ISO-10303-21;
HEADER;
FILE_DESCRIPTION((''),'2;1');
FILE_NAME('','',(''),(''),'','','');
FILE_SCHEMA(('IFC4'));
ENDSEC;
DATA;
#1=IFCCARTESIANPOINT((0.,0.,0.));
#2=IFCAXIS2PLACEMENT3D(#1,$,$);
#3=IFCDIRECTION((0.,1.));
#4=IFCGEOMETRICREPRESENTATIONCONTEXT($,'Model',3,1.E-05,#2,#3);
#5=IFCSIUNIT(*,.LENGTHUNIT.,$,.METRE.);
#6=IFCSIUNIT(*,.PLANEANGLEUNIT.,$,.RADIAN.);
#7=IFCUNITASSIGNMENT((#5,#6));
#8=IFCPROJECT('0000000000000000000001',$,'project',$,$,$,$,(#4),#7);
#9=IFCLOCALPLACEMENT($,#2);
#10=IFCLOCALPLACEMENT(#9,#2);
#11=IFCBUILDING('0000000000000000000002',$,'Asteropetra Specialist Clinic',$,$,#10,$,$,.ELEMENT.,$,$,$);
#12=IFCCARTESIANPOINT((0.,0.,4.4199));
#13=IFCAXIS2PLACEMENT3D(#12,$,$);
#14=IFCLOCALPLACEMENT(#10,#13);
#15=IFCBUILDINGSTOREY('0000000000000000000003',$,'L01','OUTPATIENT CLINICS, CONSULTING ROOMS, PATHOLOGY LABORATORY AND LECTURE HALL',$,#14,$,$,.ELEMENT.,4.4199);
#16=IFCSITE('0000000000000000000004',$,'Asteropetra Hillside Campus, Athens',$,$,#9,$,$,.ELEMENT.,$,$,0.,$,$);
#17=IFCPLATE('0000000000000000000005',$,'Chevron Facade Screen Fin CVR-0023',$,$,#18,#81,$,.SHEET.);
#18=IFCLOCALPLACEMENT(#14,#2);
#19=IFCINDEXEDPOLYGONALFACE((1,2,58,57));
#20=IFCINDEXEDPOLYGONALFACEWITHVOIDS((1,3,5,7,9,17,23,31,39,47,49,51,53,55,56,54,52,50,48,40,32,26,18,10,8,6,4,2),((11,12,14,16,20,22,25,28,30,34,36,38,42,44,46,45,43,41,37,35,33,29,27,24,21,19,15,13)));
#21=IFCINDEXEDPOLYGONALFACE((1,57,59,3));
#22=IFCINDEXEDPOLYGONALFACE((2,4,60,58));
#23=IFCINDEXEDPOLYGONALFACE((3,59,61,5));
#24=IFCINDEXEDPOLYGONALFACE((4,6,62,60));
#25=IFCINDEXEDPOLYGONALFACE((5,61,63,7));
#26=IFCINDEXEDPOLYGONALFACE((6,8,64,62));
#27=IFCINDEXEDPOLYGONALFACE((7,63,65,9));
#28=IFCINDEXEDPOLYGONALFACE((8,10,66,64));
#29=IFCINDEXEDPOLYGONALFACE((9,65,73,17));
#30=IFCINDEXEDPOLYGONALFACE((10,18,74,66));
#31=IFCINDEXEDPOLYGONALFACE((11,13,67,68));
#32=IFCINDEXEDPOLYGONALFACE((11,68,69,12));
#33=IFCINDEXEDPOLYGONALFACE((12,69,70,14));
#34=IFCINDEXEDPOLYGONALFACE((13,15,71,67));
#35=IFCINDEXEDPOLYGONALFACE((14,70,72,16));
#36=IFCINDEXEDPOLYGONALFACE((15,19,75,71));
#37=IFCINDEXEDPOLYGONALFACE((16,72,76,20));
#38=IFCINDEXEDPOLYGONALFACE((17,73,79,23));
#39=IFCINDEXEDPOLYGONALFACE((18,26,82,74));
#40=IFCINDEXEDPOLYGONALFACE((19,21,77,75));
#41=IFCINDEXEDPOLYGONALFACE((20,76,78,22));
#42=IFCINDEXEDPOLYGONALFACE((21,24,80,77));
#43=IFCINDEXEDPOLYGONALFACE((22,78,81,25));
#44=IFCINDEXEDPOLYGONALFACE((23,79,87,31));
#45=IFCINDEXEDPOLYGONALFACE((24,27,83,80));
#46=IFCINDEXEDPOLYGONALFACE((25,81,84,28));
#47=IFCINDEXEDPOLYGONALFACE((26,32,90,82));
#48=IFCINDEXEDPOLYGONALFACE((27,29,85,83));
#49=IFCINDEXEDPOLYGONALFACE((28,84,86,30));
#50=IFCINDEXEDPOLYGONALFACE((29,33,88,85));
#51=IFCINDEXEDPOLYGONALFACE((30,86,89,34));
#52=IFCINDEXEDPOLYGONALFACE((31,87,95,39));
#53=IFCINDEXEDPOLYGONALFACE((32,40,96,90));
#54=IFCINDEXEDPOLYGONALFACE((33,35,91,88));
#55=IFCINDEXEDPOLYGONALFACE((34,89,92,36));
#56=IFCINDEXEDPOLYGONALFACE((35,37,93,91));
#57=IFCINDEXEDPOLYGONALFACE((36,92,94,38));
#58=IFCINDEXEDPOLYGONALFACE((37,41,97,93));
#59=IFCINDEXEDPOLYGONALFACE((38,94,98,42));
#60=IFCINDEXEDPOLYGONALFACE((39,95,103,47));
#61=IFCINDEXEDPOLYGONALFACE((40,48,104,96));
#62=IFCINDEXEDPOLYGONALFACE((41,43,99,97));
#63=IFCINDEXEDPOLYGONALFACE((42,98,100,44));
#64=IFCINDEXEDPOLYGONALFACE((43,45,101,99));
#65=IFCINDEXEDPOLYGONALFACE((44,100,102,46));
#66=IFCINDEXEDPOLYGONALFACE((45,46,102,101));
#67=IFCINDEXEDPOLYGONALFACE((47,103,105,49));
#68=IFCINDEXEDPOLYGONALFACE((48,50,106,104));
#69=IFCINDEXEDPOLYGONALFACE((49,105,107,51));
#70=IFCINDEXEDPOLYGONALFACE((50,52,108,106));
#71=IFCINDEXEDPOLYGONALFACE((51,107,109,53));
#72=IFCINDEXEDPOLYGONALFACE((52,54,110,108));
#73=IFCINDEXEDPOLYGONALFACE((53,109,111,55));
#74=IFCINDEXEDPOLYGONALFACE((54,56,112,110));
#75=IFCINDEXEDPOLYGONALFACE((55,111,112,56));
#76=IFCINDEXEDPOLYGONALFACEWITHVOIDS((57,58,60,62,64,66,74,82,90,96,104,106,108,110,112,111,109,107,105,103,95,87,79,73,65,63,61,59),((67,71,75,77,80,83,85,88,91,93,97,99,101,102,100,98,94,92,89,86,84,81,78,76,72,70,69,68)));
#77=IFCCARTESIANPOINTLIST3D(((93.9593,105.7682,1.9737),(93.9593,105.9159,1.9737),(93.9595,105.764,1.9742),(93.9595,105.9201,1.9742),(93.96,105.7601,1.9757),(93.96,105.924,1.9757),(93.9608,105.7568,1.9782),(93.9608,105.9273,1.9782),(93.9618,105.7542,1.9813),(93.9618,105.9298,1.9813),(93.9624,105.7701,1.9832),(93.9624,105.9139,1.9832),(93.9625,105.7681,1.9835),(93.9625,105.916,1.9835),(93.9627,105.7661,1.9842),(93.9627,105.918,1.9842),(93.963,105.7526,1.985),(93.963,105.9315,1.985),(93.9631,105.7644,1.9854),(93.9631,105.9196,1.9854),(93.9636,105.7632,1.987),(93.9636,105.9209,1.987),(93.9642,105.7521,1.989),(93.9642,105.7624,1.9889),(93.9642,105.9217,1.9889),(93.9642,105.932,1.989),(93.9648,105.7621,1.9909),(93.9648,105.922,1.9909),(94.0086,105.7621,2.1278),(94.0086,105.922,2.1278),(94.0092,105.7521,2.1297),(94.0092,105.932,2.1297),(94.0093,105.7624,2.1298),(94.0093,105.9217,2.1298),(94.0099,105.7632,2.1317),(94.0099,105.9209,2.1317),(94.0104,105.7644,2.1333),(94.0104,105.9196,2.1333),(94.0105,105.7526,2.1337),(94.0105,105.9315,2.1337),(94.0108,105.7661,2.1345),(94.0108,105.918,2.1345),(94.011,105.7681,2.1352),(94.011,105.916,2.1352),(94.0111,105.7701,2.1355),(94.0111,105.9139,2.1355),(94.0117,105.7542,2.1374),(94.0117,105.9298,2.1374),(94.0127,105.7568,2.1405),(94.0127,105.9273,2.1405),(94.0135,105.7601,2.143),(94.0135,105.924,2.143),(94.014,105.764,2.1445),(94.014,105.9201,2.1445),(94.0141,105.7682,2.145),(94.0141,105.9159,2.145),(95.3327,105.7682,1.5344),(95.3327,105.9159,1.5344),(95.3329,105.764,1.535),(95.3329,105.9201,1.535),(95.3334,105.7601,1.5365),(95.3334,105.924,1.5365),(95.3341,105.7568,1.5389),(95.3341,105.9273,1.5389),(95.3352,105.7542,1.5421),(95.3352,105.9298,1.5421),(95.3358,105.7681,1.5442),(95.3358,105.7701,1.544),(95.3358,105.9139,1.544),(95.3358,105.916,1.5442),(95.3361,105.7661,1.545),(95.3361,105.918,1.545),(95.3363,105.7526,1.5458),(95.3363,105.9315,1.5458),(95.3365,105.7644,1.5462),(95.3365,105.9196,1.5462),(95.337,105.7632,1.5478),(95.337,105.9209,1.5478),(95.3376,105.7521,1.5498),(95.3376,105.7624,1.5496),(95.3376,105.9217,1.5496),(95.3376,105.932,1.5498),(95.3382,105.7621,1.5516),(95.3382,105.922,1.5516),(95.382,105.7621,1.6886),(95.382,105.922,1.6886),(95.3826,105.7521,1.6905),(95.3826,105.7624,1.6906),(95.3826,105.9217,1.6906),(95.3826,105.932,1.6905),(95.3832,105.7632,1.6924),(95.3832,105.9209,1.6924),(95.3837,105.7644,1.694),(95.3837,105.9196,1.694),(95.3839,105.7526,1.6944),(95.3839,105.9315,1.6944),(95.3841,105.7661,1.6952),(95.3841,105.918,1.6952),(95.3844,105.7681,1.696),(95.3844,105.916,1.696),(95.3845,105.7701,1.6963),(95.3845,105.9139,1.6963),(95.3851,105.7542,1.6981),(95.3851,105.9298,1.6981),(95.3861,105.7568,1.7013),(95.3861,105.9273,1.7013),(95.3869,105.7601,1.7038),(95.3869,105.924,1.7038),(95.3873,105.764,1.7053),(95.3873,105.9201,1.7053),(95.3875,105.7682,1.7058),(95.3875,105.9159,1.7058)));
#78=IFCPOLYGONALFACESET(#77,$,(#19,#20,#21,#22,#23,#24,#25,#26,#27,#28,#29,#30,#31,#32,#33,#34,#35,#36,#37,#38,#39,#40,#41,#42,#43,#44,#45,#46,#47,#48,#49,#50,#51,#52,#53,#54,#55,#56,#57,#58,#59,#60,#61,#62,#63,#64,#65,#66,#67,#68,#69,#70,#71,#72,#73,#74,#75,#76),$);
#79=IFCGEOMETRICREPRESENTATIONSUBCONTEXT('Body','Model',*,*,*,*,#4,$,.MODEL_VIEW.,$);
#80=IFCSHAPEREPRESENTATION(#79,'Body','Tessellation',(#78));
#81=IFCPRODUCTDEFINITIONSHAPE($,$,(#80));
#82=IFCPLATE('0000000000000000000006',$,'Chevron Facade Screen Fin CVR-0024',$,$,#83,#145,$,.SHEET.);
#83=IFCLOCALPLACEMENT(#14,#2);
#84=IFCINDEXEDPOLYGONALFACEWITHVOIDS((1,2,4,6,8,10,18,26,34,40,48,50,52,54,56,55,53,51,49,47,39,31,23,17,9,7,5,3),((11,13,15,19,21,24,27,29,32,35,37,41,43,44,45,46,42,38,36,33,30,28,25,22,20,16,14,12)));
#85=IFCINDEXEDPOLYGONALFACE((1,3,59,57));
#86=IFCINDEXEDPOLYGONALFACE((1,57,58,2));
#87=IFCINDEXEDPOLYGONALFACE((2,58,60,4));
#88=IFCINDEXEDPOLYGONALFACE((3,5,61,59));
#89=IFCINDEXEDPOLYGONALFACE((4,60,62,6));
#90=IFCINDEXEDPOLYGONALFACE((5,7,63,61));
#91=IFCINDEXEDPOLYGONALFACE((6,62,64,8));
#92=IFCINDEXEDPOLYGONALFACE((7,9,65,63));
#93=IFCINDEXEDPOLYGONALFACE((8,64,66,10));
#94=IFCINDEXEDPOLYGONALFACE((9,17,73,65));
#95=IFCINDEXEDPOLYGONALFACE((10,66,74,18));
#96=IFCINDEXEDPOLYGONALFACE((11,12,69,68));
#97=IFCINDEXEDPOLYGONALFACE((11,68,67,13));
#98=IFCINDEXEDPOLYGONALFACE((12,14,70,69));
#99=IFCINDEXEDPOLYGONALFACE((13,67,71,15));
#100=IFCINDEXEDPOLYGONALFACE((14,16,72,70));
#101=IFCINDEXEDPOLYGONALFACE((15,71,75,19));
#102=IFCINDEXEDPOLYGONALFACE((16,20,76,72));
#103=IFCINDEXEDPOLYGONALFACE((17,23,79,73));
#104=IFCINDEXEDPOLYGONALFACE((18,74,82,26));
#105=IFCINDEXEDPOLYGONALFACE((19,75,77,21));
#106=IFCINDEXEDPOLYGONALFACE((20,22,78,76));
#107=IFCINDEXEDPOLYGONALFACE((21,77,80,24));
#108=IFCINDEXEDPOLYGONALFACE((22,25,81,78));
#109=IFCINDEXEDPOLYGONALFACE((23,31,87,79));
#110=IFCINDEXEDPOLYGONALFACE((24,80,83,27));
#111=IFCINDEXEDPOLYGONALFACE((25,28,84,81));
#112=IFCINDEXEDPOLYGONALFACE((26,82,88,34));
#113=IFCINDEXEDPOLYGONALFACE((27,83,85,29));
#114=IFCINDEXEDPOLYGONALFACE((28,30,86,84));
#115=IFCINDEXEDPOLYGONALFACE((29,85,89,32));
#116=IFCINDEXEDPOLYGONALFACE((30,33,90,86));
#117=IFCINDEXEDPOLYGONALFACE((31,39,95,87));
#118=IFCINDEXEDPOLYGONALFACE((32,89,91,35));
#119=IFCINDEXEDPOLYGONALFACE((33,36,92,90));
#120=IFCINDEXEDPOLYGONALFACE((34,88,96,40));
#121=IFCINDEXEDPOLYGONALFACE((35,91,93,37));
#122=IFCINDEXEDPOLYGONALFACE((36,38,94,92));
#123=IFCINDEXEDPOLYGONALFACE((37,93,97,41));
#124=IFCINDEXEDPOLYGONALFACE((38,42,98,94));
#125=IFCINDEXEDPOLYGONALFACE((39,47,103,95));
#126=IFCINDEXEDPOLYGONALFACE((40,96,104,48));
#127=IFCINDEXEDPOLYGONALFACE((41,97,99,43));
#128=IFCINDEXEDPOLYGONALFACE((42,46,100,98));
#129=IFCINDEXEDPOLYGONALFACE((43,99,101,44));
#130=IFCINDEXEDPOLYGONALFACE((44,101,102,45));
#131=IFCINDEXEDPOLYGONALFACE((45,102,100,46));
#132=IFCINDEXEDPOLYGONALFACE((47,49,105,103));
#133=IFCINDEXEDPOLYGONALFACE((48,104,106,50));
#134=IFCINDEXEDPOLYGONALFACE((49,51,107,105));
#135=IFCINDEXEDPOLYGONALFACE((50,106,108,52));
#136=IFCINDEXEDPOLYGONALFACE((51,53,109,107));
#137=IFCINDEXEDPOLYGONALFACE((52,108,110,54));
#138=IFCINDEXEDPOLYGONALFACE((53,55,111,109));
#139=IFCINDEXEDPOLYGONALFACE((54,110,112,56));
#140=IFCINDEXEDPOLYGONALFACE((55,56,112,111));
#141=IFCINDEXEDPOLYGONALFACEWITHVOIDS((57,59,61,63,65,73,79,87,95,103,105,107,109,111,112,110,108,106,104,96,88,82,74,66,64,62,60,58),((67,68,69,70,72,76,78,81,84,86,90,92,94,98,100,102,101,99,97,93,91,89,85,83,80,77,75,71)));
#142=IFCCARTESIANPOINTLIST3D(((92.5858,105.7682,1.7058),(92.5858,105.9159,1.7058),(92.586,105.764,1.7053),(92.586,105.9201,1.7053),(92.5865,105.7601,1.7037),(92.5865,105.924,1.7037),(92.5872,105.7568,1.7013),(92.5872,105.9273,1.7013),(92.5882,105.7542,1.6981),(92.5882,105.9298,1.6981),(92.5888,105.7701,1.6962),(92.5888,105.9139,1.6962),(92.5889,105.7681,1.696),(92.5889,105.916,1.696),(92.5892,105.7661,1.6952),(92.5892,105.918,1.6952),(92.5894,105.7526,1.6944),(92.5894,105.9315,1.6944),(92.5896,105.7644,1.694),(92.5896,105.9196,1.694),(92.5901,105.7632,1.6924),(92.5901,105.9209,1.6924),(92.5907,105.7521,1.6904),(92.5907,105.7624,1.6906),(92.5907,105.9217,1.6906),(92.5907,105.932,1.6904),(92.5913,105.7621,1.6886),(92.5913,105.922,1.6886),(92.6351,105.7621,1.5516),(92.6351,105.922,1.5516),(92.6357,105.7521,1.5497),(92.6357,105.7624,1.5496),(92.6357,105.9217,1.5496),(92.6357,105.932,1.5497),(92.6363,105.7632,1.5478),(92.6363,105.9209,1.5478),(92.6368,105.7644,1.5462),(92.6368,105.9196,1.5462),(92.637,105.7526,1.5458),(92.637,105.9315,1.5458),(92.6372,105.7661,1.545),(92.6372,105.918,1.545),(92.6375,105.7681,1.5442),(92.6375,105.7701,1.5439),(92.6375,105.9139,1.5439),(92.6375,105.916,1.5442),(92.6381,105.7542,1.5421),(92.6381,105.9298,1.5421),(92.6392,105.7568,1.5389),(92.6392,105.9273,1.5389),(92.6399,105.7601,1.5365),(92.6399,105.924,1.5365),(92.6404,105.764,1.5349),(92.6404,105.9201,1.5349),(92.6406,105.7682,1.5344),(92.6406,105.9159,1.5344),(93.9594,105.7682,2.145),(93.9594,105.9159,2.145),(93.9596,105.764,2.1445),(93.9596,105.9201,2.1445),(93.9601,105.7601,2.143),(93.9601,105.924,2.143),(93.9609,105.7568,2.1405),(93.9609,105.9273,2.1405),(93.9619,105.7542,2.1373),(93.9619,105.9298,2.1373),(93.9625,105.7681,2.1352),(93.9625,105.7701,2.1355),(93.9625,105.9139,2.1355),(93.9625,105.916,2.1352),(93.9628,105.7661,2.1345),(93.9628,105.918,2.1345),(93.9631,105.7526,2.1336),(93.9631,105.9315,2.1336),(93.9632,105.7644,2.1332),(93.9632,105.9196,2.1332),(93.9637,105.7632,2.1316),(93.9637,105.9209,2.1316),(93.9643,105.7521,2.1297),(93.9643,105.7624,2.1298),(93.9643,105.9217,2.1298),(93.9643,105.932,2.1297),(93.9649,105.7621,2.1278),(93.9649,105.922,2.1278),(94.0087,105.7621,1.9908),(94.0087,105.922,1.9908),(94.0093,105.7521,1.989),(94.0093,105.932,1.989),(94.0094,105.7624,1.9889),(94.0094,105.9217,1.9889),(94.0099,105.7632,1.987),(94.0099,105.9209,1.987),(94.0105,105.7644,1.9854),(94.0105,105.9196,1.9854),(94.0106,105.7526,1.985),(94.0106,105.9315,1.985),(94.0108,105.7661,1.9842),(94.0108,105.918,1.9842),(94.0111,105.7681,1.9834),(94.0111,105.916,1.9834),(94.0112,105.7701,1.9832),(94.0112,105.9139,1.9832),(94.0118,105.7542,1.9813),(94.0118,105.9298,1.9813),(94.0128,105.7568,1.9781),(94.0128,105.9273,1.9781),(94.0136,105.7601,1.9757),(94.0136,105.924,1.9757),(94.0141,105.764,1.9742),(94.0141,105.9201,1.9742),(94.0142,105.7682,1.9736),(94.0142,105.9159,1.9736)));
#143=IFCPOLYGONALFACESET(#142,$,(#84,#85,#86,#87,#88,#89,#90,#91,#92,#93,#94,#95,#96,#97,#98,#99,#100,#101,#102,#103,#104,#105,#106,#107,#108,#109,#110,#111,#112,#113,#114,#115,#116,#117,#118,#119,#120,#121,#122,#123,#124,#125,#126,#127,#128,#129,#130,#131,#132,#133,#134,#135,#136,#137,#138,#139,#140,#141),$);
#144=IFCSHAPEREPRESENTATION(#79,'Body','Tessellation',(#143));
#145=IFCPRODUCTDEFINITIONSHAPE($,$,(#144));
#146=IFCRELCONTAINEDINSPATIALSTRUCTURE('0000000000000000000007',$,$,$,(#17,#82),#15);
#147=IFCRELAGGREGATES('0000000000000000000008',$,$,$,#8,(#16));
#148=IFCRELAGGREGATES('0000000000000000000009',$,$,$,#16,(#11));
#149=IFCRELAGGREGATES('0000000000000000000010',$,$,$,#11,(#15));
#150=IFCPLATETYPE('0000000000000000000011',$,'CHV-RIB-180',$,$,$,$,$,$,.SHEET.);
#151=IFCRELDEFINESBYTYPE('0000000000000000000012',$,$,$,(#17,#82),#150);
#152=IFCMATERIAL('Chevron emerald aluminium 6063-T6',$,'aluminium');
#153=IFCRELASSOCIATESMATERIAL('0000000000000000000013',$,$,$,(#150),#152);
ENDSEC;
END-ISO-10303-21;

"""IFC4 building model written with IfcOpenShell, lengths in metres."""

from ifc_helpers import new_model, si_unit, direction, frame, origin, origin_2d, place, context, subcontext, project, spatial, hollow_rectangle, extrude, material, material_profile, profile_set, type_object, element, save


model = new_model("IFC4")

# Units and contexts
model_context = context("Model", 3, precision=1e-05, world=origin(), true_north=direction((0.0, 1.0)))
body_context = subcontext(model_context, "Body", "Model", "MODEL_VIEW")
ifc_project = project(units=[si_unit("LENGTHUNIT", "METRE"), si_unit("PLANEANGLEUNIT", "RADIAN")], contexts=[model_context])

# Site, building, storey
site_placement = place(None, origin())
site = spatial("IfcSite", under=ifc_project, at=site_placement, Name="Asteropetra Hillside Campus, Athens", CompositionType="ELEMENT", RefElevation=0.0)
building_placement = place(site_placement, origin())
building = spatial("IfcBuilding", under=site, at=building_placement, Name="Asteropetra Specialist Clinic", CompositionType="ELEMENT")
storey_placement = place(building_placement, frame((0.0, 0.0, 4.4199)))
storey = spatial("IfcBuildingStorey", under=building, at=storey_placement, Name="L01", Description="OUTPATIENT CLINICS, CONSULTING ROOMS, PATHOLOGY LABORATORY AND LECTURE HALL", CompositionType="ELEMENT", Elevation=4.4199)

# Plates
ifc_material_1 = material(Name="Chevron emerald aluminium 6063-T6", Category="aluminium")
ifc_material_profile = material_profile(ifc_material_1, hollow_rectangle(XDim=0.1799, YDim=0.1799, WallThickness=0.01, InnerFilletRadius=0.0081, OuterFilletRadius=0.0161, at=origin_2d()), Name="SHS 180x180x10.0")
ifc_profile_set = profile_set([ifc_material_profile], Name="Chevron emerald aluminium 6063-T6")
plate_type = type_object("IfcPlateType", Name="CHV-RIB-180", PredefinedType="SHEET", material=ifc_profile_set)
plate_1_placement = place(storey_placement, frame((95.3601, 105.842, 1.6201), z_axis=(-0.952473, 0.0, 0.304622), x_axis=(0.0, -1.0, 0.0)))
element("IfcPlate", 1, at=plate_1_placement, inside=storey, type_object=plate_type, Name="Chevron Facade Screen Fin CVR-0023", PredefinedType="SHEET", context=body_context, shape_type="SweptSolid", body=[
    extrude(hollow_rectangle(XDim=0.1799, YDim=0.1799, WallThickness=0.01, InnerFilletRadius=0.0081, OuterFilletRadius=0.0161, at=origin_2d()), origin(), (0.0, 0.0, 1.0), 1.4419),
])
plate_2_placement = place(storey_placement, frame((93.9868, 105.842, 2.0593), z_axis=(-0.952489, 0.0, -0.304573), x_axis=(0.0, -1.0, 0.0)))
element("IfcPlate", 2, at=plate_2_placement, inside=storey, type_object=plate_type, Name="Chevron Facade Screen Fin CVR-0024", PredefinedType="SHEET", context=body_context, shape_type="SweptSolid", body=[
    extrude(hollow_rectangle(XDim=0.1799, YDim=0.1799, WallThickness=0.01, InnerFilletRadius=0.0081, OuterFilletRadius=0.0161, at=origin_2d()), origin(), (0.0, 0.0, 1.0), 1.4421),
])

save(model, "model.ifc")
